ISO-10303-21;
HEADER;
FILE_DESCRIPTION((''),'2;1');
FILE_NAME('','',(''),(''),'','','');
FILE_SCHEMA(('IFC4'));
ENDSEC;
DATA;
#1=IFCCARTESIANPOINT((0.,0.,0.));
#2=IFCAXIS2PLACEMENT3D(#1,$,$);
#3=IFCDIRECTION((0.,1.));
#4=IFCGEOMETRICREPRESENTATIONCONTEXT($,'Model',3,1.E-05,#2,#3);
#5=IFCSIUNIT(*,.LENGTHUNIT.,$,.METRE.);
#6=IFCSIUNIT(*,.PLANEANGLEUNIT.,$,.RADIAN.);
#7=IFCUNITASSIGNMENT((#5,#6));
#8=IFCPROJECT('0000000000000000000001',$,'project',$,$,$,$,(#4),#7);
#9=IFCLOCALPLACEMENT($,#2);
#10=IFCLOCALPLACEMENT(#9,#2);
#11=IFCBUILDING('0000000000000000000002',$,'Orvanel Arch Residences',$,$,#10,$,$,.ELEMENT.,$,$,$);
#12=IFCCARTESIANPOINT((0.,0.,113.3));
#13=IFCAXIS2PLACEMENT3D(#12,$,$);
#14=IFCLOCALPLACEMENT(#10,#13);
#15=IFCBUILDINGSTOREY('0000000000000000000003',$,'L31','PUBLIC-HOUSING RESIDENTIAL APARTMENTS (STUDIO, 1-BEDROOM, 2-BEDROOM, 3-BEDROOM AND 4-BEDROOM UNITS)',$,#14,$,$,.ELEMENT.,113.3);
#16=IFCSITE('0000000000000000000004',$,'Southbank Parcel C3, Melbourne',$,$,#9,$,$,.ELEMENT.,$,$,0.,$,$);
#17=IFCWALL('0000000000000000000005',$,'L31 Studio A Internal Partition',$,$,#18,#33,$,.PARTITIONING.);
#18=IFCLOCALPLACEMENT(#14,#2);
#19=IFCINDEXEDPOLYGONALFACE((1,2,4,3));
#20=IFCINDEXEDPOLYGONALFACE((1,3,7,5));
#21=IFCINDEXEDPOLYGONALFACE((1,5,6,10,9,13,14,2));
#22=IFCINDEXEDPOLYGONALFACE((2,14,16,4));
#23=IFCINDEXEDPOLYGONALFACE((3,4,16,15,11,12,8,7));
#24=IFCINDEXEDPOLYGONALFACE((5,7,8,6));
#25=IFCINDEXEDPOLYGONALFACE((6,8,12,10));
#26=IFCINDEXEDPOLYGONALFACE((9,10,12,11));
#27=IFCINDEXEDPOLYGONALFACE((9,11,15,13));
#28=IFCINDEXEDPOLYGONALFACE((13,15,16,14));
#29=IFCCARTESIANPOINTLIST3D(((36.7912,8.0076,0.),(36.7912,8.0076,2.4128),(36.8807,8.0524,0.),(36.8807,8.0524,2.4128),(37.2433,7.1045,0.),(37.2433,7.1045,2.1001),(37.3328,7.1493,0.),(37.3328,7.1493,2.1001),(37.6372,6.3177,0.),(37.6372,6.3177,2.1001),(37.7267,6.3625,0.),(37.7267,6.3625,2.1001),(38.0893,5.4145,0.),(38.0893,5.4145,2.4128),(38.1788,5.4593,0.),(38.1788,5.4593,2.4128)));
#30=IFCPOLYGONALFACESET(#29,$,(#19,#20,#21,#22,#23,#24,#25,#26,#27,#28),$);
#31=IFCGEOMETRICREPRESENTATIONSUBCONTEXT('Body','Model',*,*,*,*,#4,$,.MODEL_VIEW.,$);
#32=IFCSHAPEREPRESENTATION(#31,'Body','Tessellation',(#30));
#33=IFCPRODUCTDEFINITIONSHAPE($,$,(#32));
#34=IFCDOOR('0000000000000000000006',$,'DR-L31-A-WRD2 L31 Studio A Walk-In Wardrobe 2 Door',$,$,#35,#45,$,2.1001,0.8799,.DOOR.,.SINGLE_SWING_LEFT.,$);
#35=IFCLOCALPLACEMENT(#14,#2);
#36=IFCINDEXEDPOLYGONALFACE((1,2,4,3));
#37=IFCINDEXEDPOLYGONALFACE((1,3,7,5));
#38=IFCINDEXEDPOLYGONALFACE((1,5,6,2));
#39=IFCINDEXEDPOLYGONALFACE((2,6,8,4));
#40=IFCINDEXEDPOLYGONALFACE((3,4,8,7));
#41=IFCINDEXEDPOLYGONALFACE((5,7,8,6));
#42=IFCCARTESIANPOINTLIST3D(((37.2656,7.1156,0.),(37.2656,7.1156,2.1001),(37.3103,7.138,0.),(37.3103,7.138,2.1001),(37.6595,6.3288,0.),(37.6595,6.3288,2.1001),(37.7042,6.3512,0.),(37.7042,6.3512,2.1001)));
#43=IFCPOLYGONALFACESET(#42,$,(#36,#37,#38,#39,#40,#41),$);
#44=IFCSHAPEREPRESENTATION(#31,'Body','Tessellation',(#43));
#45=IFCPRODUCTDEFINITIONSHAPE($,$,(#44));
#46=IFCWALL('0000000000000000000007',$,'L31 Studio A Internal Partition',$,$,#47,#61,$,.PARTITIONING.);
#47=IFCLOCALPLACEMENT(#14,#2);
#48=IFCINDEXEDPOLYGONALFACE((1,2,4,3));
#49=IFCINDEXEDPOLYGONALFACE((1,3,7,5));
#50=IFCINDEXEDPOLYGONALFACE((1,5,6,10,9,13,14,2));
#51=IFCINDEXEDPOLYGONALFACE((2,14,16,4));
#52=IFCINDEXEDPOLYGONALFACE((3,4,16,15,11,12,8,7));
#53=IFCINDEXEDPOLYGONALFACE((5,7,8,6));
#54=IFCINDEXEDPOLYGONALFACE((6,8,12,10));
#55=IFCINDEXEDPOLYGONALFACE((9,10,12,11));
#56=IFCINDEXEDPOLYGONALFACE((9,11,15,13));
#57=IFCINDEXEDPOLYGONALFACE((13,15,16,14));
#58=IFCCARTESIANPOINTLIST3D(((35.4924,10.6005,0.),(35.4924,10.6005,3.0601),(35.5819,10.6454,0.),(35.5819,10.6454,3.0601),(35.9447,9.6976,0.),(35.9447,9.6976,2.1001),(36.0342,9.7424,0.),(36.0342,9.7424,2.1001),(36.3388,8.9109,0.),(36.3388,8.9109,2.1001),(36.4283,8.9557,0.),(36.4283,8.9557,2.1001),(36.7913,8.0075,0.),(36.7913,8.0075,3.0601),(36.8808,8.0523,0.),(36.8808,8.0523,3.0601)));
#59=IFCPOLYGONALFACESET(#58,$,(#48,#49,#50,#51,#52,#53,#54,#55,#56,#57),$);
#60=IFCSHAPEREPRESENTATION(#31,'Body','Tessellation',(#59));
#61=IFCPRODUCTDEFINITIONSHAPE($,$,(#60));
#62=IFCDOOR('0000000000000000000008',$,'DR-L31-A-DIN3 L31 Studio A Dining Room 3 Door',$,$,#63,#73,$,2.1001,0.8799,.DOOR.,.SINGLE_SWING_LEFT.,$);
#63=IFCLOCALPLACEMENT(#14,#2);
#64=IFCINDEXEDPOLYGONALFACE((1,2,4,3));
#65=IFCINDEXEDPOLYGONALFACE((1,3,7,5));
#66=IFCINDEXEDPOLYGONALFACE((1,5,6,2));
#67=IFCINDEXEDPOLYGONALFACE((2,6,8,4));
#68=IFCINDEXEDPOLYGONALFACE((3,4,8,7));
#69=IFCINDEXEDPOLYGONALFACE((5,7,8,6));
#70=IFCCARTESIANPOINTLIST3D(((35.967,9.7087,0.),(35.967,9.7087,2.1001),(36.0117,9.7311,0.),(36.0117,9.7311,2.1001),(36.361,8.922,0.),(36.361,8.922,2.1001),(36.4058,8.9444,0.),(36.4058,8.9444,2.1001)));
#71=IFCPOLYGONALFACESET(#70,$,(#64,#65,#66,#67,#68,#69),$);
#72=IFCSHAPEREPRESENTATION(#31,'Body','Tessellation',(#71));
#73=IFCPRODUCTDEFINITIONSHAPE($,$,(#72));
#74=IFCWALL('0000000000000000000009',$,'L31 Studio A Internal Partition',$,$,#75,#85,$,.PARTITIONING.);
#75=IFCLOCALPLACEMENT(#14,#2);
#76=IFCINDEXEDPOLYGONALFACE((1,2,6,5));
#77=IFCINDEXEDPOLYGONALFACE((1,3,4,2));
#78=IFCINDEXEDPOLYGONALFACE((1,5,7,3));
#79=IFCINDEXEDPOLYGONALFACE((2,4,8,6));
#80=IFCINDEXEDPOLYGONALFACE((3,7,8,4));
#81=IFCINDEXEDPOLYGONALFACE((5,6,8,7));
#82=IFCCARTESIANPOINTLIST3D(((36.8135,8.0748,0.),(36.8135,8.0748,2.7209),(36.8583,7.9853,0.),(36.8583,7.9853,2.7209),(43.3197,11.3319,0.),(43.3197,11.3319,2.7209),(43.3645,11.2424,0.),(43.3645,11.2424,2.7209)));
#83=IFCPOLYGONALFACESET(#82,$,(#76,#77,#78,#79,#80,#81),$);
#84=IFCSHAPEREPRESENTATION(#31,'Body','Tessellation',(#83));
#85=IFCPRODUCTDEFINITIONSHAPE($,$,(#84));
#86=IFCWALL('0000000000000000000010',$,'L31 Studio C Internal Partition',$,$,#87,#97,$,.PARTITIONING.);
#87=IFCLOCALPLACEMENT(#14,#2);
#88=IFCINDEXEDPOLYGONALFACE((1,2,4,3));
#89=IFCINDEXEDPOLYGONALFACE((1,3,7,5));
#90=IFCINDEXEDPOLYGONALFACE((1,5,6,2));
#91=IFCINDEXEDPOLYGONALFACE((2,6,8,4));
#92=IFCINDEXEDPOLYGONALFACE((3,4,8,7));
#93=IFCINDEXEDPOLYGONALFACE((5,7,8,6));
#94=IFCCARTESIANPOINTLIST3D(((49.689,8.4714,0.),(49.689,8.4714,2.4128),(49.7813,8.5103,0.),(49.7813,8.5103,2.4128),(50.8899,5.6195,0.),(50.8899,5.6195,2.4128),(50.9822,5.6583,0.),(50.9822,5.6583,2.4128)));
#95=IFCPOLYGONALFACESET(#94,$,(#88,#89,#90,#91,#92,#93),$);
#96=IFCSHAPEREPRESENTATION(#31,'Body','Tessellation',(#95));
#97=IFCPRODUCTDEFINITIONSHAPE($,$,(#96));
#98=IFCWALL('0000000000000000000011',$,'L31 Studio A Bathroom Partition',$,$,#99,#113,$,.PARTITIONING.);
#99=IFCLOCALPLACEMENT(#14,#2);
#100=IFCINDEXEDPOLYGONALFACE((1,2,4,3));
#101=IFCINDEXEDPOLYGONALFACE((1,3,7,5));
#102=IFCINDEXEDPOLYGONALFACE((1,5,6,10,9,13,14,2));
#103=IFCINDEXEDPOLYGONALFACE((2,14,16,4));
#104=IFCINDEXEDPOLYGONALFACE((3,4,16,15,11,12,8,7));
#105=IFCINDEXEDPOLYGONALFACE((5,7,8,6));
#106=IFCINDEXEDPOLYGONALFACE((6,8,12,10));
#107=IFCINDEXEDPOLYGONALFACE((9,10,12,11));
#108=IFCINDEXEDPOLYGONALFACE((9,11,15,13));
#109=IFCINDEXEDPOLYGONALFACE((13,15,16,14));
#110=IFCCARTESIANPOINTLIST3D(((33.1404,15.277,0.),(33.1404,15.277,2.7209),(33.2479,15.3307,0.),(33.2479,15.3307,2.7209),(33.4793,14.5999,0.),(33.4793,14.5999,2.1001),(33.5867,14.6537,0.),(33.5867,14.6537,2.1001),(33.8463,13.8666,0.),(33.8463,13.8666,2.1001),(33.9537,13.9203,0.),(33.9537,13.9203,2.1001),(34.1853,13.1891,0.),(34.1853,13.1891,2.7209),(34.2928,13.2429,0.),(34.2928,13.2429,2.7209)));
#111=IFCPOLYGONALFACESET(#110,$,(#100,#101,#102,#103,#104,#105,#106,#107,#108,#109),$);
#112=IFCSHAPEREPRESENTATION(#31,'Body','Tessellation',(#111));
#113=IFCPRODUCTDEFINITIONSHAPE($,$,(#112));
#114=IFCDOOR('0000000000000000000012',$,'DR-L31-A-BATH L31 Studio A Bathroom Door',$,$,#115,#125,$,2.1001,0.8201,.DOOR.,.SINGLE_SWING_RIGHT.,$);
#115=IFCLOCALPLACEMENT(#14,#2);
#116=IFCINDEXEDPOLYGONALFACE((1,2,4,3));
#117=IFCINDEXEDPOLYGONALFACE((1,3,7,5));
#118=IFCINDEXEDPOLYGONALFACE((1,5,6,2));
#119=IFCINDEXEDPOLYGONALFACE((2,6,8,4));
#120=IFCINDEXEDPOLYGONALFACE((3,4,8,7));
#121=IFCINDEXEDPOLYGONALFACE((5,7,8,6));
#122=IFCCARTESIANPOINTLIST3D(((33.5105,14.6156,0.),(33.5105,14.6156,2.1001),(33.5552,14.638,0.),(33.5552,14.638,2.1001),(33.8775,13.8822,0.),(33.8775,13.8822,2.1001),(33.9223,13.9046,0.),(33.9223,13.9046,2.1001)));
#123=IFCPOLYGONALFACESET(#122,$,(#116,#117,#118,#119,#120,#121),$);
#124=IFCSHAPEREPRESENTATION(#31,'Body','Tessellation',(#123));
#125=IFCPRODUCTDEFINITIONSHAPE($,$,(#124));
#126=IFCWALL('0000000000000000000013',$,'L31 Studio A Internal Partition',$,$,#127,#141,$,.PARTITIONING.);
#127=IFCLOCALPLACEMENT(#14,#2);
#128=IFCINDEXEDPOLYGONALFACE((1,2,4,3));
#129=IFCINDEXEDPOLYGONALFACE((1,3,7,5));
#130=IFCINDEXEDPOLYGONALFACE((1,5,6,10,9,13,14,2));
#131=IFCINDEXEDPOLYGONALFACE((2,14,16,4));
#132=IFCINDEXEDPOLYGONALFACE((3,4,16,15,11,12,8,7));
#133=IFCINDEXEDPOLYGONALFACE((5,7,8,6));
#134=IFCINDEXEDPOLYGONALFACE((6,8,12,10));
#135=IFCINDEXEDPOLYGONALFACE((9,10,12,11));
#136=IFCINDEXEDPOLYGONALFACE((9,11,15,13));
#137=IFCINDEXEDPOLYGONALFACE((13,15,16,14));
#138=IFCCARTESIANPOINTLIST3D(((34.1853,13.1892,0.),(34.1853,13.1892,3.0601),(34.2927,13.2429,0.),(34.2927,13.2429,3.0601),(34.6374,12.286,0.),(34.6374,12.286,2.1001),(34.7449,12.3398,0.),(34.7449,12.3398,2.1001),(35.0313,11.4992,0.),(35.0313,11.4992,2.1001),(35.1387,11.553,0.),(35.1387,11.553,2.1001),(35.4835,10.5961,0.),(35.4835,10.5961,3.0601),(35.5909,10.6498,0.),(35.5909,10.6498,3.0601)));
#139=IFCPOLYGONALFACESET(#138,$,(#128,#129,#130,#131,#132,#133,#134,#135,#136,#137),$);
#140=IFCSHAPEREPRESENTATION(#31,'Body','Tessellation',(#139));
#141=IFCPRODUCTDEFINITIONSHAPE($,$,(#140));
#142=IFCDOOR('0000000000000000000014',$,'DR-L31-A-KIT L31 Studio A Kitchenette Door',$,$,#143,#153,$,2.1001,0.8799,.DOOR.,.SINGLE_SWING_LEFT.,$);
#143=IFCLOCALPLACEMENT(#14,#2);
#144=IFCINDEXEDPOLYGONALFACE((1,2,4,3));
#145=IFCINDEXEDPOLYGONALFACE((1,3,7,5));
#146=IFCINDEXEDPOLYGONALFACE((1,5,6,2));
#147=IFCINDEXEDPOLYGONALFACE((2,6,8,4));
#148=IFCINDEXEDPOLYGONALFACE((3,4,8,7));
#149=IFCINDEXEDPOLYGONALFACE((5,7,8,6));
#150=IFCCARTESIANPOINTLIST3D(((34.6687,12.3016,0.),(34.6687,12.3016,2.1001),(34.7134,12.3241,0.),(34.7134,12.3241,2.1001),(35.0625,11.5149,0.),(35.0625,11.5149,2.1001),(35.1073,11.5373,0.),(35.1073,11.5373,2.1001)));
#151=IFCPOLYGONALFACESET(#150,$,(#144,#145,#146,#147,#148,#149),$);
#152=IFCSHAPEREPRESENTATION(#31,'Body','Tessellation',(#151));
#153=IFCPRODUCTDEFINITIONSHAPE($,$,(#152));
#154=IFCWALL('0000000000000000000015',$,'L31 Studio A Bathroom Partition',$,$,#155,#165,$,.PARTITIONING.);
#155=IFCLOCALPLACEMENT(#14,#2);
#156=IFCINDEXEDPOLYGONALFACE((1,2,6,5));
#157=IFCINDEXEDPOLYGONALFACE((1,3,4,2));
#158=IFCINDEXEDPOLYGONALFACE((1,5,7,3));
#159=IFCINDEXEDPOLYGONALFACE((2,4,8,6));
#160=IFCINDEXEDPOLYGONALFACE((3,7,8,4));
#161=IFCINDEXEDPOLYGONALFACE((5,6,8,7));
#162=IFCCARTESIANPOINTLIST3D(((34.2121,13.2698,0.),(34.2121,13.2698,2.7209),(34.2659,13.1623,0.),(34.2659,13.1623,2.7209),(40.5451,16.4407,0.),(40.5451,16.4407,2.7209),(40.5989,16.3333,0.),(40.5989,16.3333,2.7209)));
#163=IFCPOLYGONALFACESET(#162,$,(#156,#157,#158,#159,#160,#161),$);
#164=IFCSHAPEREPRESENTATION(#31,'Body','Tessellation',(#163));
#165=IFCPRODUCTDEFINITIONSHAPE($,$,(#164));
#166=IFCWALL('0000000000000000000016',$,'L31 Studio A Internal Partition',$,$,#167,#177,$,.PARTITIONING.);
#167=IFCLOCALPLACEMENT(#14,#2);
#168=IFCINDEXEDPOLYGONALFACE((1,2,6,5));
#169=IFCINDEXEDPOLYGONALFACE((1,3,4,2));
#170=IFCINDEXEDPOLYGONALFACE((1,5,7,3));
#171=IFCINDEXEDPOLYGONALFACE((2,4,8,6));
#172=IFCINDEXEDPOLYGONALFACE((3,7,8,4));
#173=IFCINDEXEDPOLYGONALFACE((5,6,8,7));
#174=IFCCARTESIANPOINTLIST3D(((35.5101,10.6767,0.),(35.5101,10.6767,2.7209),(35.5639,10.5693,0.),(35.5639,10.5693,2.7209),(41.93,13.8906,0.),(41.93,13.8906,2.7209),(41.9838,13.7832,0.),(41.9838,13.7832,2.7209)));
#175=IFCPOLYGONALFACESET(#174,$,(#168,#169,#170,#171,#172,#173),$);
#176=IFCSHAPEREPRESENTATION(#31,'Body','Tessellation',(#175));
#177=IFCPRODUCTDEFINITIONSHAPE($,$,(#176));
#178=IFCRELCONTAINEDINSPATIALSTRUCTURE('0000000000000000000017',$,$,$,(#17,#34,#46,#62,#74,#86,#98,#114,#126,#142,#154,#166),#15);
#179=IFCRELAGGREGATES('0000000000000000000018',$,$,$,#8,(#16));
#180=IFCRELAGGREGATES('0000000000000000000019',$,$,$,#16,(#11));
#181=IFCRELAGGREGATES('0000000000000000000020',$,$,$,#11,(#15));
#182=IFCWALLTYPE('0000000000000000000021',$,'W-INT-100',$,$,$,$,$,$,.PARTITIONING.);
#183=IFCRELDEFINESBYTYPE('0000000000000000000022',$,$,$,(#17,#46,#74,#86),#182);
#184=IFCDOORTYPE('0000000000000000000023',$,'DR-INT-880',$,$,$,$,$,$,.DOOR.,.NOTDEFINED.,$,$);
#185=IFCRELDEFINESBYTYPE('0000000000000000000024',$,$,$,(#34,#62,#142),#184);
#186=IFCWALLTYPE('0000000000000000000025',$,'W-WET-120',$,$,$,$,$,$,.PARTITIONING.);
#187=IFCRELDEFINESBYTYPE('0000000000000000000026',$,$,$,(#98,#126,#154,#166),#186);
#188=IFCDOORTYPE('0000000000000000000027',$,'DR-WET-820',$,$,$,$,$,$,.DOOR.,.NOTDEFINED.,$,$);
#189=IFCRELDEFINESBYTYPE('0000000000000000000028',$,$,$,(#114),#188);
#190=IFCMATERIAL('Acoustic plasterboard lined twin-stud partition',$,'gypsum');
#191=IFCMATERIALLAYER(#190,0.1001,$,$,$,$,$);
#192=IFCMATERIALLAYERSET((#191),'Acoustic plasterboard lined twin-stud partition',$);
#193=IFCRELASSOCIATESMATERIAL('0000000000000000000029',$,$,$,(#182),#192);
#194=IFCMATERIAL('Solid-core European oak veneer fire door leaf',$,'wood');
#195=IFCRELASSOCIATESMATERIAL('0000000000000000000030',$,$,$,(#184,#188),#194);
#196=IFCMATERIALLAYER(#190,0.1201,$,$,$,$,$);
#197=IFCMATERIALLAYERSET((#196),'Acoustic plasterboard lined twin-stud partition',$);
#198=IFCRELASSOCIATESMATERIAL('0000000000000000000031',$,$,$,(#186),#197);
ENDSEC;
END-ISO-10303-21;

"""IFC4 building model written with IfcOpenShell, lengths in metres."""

from ifc_helpers import new_model, si_unit, direction, frame, frame_2d, origin, place, context, subcontext, project, spatial, rectangle, extrude, material, layer, layer_set, type_object, element, fill, save


model = new_model("IFC4")

# Units and contexts
model_context = context("Model", 3, precision=1e-05, world=origin(), true_north=direction((0.0, 1.0)))
body_context = subcontext(model_context, "Body", "Model", "MODEL_VIEW")
ifc_project = project(units=[si_unit("LENGTHUNIT", "METRE"), si_unit("PLANEANGLEUNIT", "RADIAN")], contexts=[model_context])

# Site, building, storey
site_placement = place(None, origin())
site = spatial("IfcSite", under=ifc_project, at=site_placement, Name="Southbank Parcel C3, Melbourne", CompositionType="ELEMENT", RefElevation=0.0)
building_placement = place(site_placement, origin())
building = spatial("IfcBuilding", under=site, at=building_placement, Name="Orvanel Arch Residences", CompositionType="ELEMENT")
storey_placement = place(building_placement, frame((0.0, 0.0, 113.3)))
storey = spatial("IfcBuildingStorey", under=building, at=storey_placement, Name="L31", Description="PUBLIC-HOUSING RESIDENTIAL APARTMENTS (STUDIO, 1-BEDROOM, 2-BEDROOM, 3-BEDROOM AND 4-BEDROOM UNITS)", CompositionType="ELEMENT", Elevation=113.3)

# Walls, openings, doors
ifc_material_1 = material(Name="Acoustic plasterboard lined twin-stud partition", Category="gypsum")
ifc_layer_1 = layer(ifc_material_1, 0.1001)
ifc_layer_set_1 = layer_set([ifc_layer_1], Name="Acoustic plasterboard lined twin-stud partition")
wall_type_1 = type_object("IfcWallType", Name="W-INT-100", PredefinedType="PARTITIONING", material=ifc_layer_set_1)
wall_1_placement = place(storey_placement, frame((36.8359, 8.03, 0.0), z_axis=(0.0, 0.0, 1.0), x_axis=(0.447651, -0.894208, 0.0)))
wall_1 = element("IfcWall", 1, at=wall_1_placement, inside=storey, type_object=wall_type_1, Name="L31 Studio A Internal Partition", PredefinedType="PARTITIONING", context=body_context, shape_type="SweptSolid", body=[
    extrude(rectangle(XDim=2.8999, YDim=0.1001, at=frame_2d((1.45, 0.0))), origin(), (0.0, 0.0, 1.0), 2.4128),
])
opening_1_placement = place(wall_1_placement, frame((1.01, 0.0, 0.0)))
opening_1 = element("IfcOpeningElement", 2, at=opening_1_placement, cuts=wall_1, PredefinedType="OPENING", context=body_context, shape_type="SweptSolid", body=[
    extrude(rectangle(XDim=0.8799, YDim=2.1001, at=frame_2d((0.4399, 1.05))), frame((0.0, 0.0601, 0.0), z_axis=(0.0, -1.0, 0.0), x_axis=(1.0, 0.0, 0.0)), (0.0, 0.0, 1.0), 0.1201),
])
ifc_material_2 = material(Name="Solid-core European oak veneer fire door leaf", Category="wood")
door_type_1 = type_object("IfcDoorType", Name="DR-INT-880", OperationType="NOTDEFINED", PredefinedType="DOOR", material=ifc_material_2)
door_1_placement = place(opening_1_placement, origin())
door_1 = element("IfcDoor", 3, at=door_1_placement, inside=storey, type_object=door_type_1, Name="DR-L31-A-WRD2 L31 Studio A Walk-In Wardrobe 2 Door", OperationType="SINGLE_SWING_LEFT", OverallHeight=2.1001, OverallWidth=0.8799, PredefinedType="DOOR", context=body_context, shape_type="SweptSolid", body=[
    extrude(rectangle(XDim=0.8799, YDim=2.1001, at=frame_2d((0.4399, 1.05))), frame((0.0, 0.0249, 0.0), z_axis=(0.0, -1.0, 0.0), x_axis=(1.0, 0.0, 0.0)), (0.0, 0.0, 1.0), 0.05),
])
fill(opening_1, door_1)
wall_2_placement = place(storey_placement, frame((35.5371, 10.623, 0.0), z_axis=(0.0, 0.0, 1.0), x_axis=(0.447853, -0.894107, 0.0)))
wall_2 = element("IfcWall", 4, at=wall_2_placement, inside=storey, type_object=wall_type_1, Name="L31 Studio A Internal Partition", PredefinedType="PARTITIONING", context=body_context, shape_type="SweptSolid", body=[
    extrude(rectangle(XDim=2.9001, YDim=0.1001, at=frame_2d((1.4502, 0.0))), origin(), (0.0, 0.0, 1.0), 3.0601),
])
opening_2_placement = place(wall_2_placement, frame((1.01, 0.0, 0.0)))
opening_2 = element("IfcOpeningElement", 5, at=opening_2_placement, cuts=wall_2, PredefinedType="OPENING", context=body_context, shape_type="SweptSolid", body=[
    extrude(rectangle(XDim=0.8799, YDim=2.1001, at=frame_2d((0.4399, 1.05))), frame((0.0, 0.0601, 0.0), z_axis=(0.0, -1.0, 0.0), x_axis=(1.0, 0.0, 0.0)), (0.0, 0.0, 1.0), 0.1201),
])
door_2_placement = place(opening_2_placement, origin())
door_2 = element("IfcDoor", 6, at=door_2_placement, inside=storey, type_object=door_type_1, Name="DR-L31-A-DIN3 L31 Studio A Dining Room 3 Door", OperationType="SINGLE_SWING_LEFT", OverallHeight=2.1001, OverallWidth=0.8799, PredefinedType="DOOR", context=body_context, shape_type="SweptSolid", body=[
    extrude(rectangle(XDim=0.8799, YDim=2.1001, at=frame_2d((0.4399, 1.05))), frame((0.0, 0.0249, 0.0), z_axis=(0.0, -1.0, 0.0), x_axis=(1.0, 0.0, 0.0)), (0.0, 0.0, 1.0), 0.05),
])
fill(opening_2, door_2)

# Walls
wall_3_placement = place(storey_placement, frame((36.8359, 8.03, 0.0), z_axis=(0.0, 0.0, 1.0), x_axis=(0.894206, 0.447656, 0.0)))
element("IfcWall", 7, at=wall_3_placement, inside=storey, type_object=wall_type_1, Name="L31 Studio A Internal Partition", PredefinedType="PARTITIONING", context=body_context, shape_type="SweptSolid", body=[
    extrude(rectangle(XDim=7.2759, YDim=0.1001, at=frame_2d((3.6379, 0.0))), origin(), (0.0, 0.0, 1.0), 2.7209),
])
wall_4_placement = place(storey_placement, frame((49.7351, 8.491, 0.0), z_axis=(0.0, 0.0, 1.0), x_axis=(0.388075, -0.921628, 0.0)))
element("IfcWall", 8, at=wall_4_placement, inside=storey, type_object=wall_type_1, Name="L31 Studio C Internal Partition", PredefinedType="PARTITIONING", context=body_context, shape_type="SweptSolid", body=[
    extrude(rectangle(XDim=3.0945, YDim=0.1001, at=frame_2d((1.5474, 0.0))), origin(), (0.0, 0.0, 1.0), 2.4128),
])

# Walls, openings, doors
ifc_layer_2 = layer(ifc_material_1, 0.1201)
ifc_layer_set_2 = layer_set([ifc_layer_2], Name="Acoustic plasterboard lined twin-stud partition")
wall_type_2 = type_object("IfcWallType", Name="W-WET-120", PredefinedType="PARTITIONING", material=ifc_layer_set_2)
wall_5_placement = place(storey_placement, frame((33.1941, 15.304, 0.0), z_axis=(0.0, 0.0, 1.0), x_axis=(0.447548, -0.89426, 0.0)))
wall_5 = element("IfcWall", 9, at=wall_5_placement, inside=storey, type_object=wall_type_2, Name="L31 Studio A Bathroom Partition", PredefinedType="PARTITIONING", context=body_context, shape_type="SweptSolid", body=[
    extrude(rectangle(XDim=2.3347, YDim=0.1201, at=frame_2d((1.1675, 0.0))), origin(), (0.0, 0.0, 1.0), 2.7209),
])
opening_3_placement = place(wall_5_placement, frame((0.7571, 0.0, 0.0)))
opening_3 = element("IfcOpeningElement", 10, at=opening_3_placement, cuts=wall_5, PredefinedType="OPENING", context=body_context, shape_type="SweptSolid", body=[
    extrude(rectangle(XDim=0.8201, YDim=2.1001, at=frame_2d((0.4102, 1.05))), frame((0.0, 0.0701, 0.0), z_axis=(0.0, -1.0, 0.0), x_axis=(1.0, 0.0, 0.0)), (0.0, 0.0, 1.0), 0.1401),
])
door_type_2 = type_object("IfcDoorType", Name="DR-WET-820", OperationType="NOTDEFINED", PredefinedType="DOOR", material=ifc_material_2)
door_3_placement = place(opening_3_placement, origin())
door_3 = element("IfcDoor", 11, at=door_3_placement, inside=storey, type_object=door_type_2, Name="DR-L31-A-BATH L31 Studio A Bathroom Door", OperationType="SINGLE_SWING_RIGHT", OverallHeight=2.1001, OverallWidth=0.8201, PredefinedType="DOOR", context=body_context, shape_type="SweptSolid", body=[
    extrude(rectangle(XDim=0.8201, YDim=2.1001, at=frame_2d((0.4102, 1.05))), frame((0.0, 0.0249, 0.0), z_axis=(0.0, -1.0, 0.0), x_axis=(1.0, 0.0, 0.0)), (0.0, 0.0, 1.0), 0.05),
])
fill(opening_3, door_3)
wall_6_placement = place(storey_placement, frame((34.239, 13.2161, 0.0), z_axis=(0.0, 0.0, 1.0), x_axis=(0.447651, -0.894208, 0.0)))
wall_6 = element("IfcWall", 12, at=wall_6_placement, inside=storey, type_object=wall_type_2, Name="L31 Studio A Internal Partition", PredefinedType="PARTITIONING", context=body_context, shape_type="SweptSolid", body=[
    extrude(rectangle(XDim=2.8999, YDim=0.1201, at=frame_2d((1.45, 0.0))), origin(), (0.0, 0.0, 1.0), 3.0601),
])
opening_4_placement = place(wall_6_placement, frame((1.01, 0.0, 0.0)))
opening_4 = element("IfcOpeningElement", 13, at=opening_4_placement, cuts=wall_6, PredefinedType="OPENING", context=body_context, shape_type="SweptSolid", body=[
    extrude(rectangle(XDim=0.8799, YDim=2.1001, at=frame_2d((0.4399, 1.05))), frame((0.0, 0.0701, 0.0), z_axis=(0.0, -1.0, 0.0), x_axis=(1.0, 0.0, 0.0)), (0.0, 0.0, 1.0), 0.1401),
])
door_4_placement = place(opening_4_placement, origin())
door_4 = element("IfcDoor", 14, at=door_4_placement, inside=storey, type_object=door_type_1, Name="DR-L31-A-KIT L31 Studio A Kitchenette Door", OperationType="SINGLE_SWING_LEFT", OverallHeight=2.1001, OverallWidth=0.8799, PredefinedType="DOOR", context=body_context, shape_type="SweptSolid", body=[
    extrude(rectangle(XDim=0.8799, YDim=2.1001, at=frame_2d((0.4399, 1.05))), frame((0.0, 0.0249, 0.0), z_axis=(0.0, -1.0, 0.0), x_axis=(1.0, 0.0, 0.0)), (0.0, 0.0, 1.0), 0.05),
])
fill(opening_4, door_4)

# Walls
wall_7_placement = place(storey_placement, frame((40.572, 16.387, 0.0), z_axis=(0.0, 0.0, 1.0), x_axis=(-0.894179, -0.44771, 0.0)))
element("IfcWall", 15, at=wall_7_placement, inside=storey, type_object=wall_type_2, Name="L31 Studio A Bathroom Partition", PredefinedType="PARTITIONING", context=body_context, shape_type="SweptSolid", body=[
    extrude(rectangle(XDim=7.0825, YDim=0.1201, at=frame_2d((3.5413, 0.0))), origin(), (0.0, 0.0, 1.0), 2.7209),
])
wall_8_placement = place(storey_placement, frame((41.957, 13.8369, 0.0), z_axis=(0.0, 0.0, 1.0), x_axis=(-0.894209, -0.447649, 0.0)))
element("IfcWall", 16, at=wall_8_placement, inside=storey, type_object=wall_type_2, Name="L31 Studio A Internal Partition", PredefinedType="PARTITIONING", context=body_context, shape_type="SweptSolid", body=[
    extrude(rectangle(XDim=7.1794, YDim=0.1201, at=frame_2d((3.5898, 0.0))), origin(), (0.0, 0.0, 1.0), 2.7209),
])

save(model, "model.ifc")
